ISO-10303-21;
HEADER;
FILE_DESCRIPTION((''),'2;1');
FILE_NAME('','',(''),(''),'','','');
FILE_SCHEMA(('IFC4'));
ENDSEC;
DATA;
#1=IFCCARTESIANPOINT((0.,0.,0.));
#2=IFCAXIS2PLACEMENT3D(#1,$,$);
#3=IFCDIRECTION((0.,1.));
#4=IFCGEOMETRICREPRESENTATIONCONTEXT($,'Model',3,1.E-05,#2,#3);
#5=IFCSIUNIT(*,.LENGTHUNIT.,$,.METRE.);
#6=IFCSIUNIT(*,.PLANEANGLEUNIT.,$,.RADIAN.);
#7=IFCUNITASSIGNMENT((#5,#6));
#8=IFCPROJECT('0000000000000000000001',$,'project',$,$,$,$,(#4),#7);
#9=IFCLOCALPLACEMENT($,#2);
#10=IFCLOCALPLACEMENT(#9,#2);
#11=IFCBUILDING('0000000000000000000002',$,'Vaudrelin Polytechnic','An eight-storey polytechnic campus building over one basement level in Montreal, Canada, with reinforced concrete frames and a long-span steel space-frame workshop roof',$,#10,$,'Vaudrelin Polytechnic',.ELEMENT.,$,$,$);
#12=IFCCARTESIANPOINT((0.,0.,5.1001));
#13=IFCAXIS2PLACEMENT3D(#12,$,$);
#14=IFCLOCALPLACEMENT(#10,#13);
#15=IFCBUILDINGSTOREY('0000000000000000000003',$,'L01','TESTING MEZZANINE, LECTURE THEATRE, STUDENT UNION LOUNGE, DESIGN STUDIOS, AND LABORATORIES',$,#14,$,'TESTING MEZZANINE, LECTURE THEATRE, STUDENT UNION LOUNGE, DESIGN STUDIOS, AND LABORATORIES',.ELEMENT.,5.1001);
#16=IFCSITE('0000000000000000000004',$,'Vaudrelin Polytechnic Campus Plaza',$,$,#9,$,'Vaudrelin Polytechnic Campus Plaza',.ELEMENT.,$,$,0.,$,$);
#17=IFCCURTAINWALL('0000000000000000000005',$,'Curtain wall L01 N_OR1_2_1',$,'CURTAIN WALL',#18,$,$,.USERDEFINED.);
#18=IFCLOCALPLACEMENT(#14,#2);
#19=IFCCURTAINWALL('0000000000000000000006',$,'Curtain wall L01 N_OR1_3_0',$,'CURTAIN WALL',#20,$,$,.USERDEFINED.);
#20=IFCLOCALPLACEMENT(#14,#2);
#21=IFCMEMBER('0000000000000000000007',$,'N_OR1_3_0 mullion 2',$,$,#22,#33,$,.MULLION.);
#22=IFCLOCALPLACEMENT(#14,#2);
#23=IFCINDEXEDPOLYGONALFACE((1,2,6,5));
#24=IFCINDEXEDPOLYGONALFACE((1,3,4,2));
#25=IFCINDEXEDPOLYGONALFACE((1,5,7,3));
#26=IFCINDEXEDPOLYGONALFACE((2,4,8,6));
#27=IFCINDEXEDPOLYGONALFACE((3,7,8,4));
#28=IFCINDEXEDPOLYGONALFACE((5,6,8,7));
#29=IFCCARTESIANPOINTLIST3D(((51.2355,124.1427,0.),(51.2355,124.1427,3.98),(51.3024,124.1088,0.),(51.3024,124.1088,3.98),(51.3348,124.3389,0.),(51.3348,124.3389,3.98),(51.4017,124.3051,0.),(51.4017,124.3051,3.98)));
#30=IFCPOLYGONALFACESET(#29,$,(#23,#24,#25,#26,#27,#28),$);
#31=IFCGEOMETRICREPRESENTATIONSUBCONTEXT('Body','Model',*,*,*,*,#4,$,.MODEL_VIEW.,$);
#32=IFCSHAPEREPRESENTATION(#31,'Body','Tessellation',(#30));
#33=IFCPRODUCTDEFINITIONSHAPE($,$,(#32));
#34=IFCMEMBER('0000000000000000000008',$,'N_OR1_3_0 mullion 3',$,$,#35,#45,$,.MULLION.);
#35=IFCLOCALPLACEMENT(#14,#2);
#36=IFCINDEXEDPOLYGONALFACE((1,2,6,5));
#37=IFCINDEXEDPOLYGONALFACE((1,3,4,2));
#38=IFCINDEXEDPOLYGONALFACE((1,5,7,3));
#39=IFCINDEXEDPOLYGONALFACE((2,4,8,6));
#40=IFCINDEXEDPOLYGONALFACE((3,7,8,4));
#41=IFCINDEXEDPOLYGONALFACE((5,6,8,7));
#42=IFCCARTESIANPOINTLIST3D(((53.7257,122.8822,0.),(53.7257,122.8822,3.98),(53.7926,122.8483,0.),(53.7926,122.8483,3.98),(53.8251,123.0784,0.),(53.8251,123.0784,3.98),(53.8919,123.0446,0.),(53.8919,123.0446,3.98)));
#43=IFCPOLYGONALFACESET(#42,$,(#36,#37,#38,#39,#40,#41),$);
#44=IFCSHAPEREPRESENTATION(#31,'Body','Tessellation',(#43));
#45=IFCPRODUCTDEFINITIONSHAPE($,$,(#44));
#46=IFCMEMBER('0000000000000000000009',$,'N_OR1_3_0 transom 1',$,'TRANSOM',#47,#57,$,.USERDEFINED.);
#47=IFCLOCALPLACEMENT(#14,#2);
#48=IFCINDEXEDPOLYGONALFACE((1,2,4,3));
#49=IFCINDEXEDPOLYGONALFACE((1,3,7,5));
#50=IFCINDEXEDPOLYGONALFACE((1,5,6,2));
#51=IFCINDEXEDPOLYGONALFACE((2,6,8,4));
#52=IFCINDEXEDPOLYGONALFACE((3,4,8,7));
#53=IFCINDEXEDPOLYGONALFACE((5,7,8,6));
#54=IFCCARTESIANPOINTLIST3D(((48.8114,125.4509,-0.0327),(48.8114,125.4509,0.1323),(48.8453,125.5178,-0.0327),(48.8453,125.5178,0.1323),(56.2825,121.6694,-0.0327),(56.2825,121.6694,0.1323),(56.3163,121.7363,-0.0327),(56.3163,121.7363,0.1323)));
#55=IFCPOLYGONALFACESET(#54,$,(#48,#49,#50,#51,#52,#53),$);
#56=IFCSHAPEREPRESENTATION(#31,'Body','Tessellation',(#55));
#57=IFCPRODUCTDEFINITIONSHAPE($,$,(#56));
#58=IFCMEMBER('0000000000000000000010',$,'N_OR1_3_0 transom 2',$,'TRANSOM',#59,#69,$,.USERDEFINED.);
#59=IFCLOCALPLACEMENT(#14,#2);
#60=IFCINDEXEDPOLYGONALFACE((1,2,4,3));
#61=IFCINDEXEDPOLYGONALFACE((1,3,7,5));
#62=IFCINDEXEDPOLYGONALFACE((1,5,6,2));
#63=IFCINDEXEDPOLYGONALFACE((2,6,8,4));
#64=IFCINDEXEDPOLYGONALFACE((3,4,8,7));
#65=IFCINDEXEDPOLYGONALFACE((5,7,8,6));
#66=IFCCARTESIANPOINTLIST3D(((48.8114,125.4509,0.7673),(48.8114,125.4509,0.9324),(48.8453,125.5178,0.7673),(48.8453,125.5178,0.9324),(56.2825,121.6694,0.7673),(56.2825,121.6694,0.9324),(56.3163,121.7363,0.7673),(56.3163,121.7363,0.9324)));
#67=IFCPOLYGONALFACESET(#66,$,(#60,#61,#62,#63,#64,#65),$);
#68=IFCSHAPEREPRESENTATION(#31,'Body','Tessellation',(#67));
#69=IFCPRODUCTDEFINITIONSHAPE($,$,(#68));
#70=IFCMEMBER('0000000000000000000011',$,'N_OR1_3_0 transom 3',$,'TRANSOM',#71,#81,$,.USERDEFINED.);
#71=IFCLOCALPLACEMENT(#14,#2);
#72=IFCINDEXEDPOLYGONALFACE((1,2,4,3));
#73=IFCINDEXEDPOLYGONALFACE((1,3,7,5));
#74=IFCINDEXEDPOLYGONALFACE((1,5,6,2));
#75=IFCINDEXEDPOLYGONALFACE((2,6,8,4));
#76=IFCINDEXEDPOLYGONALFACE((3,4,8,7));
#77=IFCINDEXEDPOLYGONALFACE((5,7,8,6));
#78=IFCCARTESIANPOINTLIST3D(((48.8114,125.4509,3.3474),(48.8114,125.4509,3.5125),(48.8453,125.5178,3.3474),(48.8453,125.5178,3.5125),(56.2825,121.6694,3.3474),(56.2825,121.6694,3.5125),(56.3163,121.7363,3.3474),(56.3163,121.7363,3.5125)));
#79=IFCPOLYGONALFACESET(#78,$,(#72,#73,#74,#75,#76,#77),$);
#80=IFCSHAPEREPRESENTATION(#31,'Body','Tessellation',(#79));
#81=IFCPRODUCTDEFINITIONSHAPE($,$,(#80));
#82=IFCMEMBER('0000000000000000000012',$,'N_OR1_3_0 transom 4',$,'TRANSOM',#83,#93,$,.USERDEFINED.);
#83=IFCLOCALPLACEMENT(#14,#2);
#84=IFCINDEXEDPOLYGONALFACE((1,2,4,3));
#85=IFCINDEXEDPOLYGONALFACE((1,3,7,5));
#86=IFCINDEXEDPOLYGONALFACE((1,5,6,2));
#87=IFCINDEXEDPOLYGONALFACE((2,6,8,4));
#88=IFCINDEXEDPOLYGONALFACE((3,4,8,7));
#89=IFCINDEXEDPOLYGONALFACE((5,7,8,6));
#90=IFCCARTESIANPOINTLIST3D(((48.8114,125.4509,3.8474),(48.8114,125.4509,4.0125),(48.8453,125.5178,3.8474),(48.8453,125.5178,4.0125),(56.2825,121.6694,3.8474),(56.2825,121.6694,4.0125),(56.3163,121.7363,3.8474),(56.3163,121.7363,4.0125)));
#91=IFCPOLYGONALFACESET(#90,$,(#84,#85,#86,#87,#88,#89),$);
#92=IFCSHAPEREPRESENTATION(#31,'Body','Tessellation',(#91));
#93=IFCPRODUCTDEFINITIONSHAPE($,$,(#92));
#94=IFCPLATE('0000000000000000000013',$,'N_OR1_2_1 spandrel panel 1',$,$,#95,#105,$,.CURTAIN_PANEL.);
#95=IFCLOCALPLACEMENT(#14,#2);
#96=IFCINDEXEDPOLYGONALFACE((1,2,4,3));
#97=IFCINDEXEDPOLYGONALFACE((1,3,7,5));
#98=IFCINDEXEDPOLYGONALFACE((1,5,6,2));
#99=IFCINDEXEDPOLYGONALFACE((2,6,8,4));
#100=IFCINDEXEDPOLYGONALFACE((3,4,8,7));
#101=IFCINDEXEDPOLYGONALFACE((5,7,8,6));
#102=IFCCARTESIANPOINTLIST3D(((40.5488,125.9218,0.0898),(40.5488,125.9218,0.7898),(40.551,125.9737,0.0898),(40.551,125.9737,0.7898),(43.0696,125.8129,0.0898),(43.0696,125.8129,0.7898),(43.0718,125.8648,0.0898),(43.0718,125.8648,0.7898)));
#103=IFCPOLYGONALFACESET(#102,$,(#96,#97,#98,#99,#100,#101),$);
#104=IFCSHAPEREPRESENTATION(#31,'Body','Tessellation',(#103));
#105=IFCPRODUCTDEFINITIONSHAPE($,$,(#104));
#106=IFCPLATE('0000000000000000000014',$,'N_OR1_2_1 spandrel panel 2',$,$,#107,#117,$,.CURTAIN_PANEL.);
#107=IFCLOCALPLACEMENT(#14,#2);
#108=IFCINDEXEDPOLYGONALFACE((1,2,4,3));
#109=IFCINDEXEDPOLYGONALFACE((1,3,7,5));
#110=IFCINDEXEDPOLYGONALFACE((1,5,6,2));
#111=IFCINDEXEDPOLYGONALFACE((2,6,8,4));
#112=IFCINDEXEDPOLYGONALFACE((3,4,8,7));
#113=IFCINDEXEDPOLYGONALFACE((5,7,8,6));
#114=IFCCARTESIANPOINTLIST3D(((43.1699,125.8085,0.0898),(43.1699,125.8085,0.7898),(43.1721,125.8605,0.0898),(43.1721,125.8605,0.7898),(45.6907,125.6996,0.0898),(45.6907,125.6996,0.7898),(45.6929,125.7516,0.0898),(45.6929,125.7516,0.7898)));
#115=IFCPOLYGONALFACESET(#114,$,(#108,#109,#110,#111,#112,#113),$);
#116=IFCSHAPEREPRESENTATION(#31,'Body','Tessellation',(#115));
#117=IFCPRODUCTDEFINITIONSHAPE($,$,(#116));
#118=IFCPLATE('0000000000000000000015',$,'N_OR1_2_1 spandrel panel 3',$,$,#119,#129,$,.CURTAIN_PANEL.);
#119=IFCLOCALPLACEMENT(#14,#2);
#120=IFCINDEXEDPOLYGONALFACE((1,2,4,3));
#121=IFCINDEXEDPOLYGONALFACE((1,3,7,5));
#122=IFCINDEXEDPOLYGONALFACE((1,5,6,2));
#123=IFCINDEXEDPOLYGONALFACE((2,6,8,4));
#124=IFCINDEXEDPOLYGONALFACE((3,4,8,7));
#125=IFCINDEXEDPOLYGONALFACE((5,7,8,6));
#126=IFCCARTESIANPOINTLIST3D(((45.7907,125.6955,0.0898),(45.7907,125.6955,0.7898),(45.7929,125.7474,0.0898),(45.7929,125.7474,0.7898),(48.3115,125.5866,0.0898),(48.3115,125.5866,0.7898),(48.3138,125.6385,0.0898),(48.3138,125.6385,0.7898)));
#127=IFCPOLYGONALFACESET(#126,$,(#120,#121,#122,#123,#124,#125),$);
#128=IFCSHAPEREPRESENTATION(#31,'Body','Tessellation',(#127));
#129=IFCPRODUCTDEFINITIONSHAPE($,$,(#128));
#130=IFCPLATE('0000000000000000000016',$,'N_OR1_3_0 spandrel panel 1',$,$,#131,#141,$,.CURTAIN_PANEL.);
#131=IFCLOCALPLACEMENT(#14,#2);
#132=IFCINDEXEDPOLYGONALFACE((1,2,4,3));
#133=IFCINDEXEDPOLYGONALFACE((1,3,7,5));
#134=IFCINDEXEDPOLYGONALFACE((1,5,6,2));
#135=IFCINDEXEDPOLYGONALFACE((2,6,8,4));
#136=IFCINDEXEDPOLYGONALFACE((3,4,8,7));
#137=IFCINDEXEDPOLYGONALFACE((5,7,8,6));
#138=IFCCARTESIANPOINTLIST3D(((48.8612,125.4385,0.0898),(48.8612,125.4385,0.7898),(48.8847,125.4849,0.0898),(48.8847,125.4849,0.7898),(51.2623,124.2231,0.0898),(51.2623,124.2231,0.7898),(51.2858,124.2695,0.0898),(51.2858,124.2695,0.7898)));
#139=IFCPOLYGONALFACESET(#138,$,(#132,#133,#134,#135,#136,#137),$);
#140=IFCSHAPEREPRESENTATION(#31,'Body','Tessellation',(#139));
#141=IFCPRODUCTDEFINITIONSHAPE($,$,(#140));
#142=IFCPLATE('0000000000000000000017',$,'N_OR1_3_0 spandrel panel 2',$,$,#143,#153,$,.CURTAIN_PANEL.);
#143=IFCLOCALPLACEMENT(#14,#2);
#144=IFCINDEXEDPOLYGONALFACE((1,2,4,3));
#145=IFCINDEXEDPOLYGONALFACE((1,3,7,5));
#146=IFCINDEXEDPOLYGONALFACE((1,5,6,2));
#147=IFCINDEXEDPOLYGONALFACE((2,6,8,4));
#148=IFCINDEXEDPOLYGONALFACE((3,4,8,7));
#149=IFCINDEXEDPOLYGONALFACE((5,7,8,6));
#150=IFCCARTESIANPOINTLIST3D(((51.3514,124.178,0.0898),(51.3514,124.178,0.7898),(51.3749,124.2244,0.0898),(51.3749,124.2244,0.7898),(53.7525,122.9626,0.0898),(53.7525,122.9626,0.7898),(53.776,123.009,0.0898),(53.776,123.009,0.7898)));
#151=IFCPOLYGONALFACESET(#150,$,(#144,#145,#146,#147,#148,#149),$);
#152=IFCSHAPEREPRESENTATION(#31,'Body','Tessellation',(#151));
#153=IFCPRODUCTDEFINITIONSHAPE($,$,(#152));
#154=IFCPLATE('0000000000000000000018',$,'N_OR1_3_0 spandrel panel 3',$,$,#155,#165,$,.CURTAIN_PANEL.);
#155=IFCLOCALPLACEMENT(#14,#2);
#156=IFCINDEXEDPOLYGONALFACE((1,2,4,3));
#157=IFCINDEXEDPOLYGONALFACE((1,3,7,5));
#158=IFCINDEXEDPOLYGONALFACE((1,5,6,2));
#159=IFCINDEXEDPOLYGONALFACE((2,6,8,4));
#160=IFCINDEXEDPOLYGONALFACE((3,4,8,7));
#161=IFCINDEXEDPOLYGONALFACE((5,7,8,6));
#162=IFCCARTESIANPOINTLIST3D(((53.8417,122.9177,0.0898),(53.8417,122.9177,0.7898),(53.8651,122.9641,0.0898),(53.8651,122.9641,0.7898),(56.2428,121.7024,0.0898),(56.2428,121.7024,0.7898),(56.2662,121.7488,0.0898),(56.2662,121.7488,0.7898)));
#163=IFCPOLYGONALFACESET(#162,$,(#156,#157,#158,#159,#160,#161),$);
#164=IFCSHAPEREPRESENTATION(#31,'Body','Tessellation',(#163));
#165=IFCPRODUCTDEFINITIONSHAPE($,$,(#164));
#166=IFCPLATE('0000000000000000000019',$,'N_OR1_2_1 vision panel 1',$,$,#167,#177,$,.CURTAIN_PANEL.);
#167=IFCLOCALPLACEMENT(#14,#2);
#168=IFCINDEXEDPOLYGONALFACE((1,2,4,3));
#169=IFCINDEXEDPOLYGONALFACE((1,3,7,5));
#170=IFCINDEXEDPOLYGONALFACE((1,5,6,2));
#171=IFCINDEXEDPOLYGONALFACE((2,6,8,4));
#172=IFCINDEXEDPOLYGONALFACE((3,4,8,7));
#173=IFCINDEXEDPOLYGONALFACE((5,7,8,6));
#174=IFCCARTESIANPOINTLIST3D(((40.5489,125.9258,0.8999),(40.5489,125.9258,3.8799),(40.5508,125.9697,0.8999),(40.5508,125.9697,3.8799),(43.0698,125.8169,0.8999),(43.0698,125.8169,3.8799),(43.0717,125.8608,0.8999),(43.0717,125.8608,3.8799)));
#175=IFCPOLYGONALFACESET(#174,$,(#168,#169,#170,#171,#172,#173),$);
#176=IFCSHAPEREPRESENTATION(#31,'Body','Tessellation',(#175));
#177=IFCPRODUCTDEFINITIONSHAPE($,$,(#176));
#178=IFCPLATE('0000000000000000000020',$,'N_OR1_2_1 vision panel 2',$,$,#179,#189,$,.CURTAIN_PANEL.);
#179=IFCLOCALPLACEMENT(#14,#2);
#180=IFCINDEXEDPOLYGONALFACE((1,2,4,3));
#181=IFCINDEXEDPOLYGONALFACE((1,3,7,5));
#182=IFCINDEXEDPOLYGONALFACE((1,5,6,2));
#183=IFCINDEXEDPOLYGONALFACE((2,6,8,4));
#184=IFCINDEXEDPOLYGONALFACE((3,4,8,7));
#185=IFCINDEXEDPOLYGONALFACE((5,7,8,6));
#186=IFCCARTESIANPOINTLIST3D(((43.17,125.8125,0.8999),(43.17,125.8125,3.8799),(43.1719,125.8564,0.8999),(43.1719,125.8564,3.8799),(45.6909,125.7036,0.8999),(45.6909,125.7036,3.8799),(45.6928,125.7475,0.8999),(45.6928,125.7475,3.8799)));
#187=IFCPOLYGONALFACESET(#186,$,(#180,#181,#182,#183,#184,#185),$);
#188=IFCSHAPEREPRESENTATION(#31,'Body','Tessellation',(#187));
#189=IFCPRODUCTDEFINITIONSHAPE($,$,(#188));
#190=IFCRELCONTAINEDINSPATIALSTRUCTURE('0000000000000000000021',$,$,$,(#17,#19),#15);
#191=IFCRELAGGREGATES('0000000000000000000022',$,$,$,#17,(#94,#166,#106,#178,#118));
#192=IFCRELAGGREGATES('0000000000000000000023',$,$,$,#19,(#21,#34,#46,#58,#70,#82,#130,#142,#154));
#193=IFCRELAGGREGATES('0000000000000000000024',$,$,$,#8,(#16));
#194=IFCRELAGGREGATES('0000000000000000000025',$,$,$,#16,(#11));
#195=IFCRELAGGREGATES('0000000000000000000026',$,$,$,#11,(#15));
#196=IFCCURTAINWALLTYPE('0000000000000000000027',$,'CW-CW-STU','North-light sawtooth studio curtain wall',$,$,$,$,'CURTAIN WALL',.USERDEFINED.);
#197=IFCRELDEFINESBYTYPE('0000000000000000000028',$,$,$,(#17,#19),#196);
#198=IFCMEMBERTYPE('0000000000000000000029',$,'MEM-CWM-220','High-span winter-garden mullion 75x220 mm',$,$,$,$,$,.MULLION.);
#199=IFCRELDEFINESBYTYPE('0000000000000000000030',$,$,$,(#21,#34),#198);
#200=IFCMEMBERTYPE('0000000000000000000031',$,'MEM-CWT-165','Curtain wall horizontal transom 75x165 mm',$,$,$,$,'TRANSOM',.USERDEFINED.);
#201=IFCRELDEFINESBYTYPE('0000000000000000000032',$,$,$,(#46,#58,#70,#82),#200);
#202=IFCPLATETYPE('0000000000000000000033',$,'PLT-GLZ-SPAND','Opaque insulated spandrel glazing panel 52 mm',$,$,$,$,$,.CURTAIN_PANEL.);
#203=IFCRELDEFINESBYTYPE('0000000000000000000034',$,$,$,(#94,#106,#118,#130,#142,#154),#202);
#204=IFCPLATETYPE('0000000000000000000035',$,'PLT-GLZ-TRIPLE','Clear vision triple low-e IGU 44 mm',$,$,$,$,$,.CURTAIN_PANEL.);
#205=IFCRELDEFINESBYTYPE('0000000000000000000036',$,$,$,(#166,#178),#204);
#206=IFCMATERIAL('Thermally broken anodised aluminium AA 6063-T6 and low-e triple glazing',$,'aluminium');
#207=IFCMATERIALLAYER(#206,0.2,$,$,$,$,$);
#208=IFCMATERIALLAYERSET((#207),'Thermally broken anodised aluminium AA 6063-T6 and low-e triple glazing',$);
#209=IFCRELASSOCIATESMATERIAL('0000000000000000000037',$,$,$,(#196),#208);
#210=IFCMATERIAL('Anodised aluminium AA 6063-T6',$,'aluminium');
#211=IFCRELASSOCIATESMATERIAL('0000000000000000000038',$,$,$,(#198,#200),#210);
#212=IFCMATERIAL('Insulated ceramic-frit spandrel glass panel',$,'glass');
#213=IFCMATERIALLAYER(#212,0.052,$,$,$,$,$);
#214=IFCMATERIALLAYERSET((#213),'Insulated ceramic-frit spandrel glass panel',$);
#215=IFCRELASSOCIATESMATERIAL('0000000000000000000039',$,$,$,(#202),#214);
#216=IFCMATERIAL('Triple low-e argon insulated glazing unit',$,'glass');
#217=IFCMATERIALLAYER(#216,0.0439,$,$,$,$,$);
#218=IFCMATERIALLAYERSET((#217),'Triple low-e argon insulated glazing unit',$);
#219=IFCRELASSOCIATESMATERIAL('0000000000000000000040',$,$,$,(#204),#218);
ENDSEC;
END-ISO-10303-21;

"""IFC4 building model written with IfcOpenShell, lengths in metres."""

from ifc_helpers import new_model, si_unit, direction, frame, origin, origin_2d, place, context, subcontext, project, spatial, rectangle, extrude, material, layer, layer_set, material_profile, profile_set, type_object, element, aggregate, save


model = new_model("IFC4")

# Units and contexts
model_context = context("Model", 3, precision=1e-05, world=origin(), true_north=direction((0.0, 1.0)))
body_context = subcontext(model_context, "Body", "Model", "MODEL_VIEW")
ifc_project = project(units=[si_unit("LENGTHUNIT", "METRE"), si_unit("PLANEANGLEUNIT", "RADIAN")], contexts=[model_context])

# Site, building, storey
site_placement = place(None, origin())
site = spatial("IfcSite", under=ifc_project, at=site_placement, Name="Vaudrelin Polytechnic Campus Plaza", LongName="Vaudrelin Polytechnic Campus Plaza", CompositionType="ELEMENT", RefElevation=0.0)
building_placement = place(site_placement, origin())
building = spatial("IfcBuilding", under=site, at=building_placement, Name="Vaudrelin Polytechnic", Description="An eight-storey polytechnic campus building over one basement level in Montreal, Canada, with reinforced concrete frames and a long-span steel space-frame workshop roof", LongName="Vaudrelin Polytechnic", CompositionType="ELEMENT")
storey_placement = place(building_placement, frame((0.0, 0.0, 5.1001)))
storey = spatial("IfcBuildingStorey", under=building, at=storey_placement, Name="L01", Description="TESTING MEZZANINE, LECTURE THEATRE, STUDENT UNION LOUNGE, DESIGN STUDIOS, AND LABORATORIES", LongName="TESTING MEZZANINE, LECTURE THEATRE, STUDENT UNION LOUNGE, DESIGN STUDIOS, AND LABORATORIES", CompositionType="ELEMENT", Elevation=5.1001)

# Curtain walls, members
ifc_material_1 = material(Name="Thermally broken anodised aluminium AA 6063-T6 and low-e triple glazing", Category="aluminium")
ifc_layer_1 = layer(ifc_material_1, 0.2)
ifc_layer_set_1 = layer_set([ifc_layer_1], Name="Thermally broken anodised aluminium AA 6063-T6 and low-e triple glazing")
curtain_wall_type = type_object("IfcCurtainWallType", Name="CW-CW-STU", Description="North-light sawtooth studio curtain wall", ElementType="CURTAIN WALL", PredefinedType="USERDEFINED", material=ifc_layer_set_1)
curtain_wall_1_placement = place(storey_placement, origin())
curtain_wall_1 = element("IfcCurtainWall", 1, at=curtain_wall_1_placement, inside=storey, type_object=curtain_wall_type, Name="Curtain wall L01 N_OR1_2_1", ObjectType="CURTAIN WALL", PredefinedType="USERDEFINED")
ifc_material_2 = material(Name="Anodised aluminium AA 6063-T6", Category="aluminium")
ifc_material_profile_1 = material_profile(ifc_material_2, rectangle(XDim=0.075, YDim=0.22, at=origin_2d()), Name="CWM-75x220")
ifc_profile_set_1 = profile_set([ifc_material_profile_1], Name="Anodised aluminium AA 6063-T6")
member_type_1 = type_object("IfcMemberType", Name="MEM-CWM-220", Description="High-span winter-garden mullion 75x220 mm", PredefinedType="MULLION", material=ifc_profile_set_1)
curtain_wall_2_placement = place(storey_placement, origin())
curtain_wall_2 = element("IfcCurtainWall", 2, at=curtain_wall_2_placement, inside=storey, type_object=curtain_wall_type, Name="Curtain wall L01 N_OR1_3_0", ObjectType="CURTAIN WALL", PredefinedType="USERDEFINED")
member_1_placement = place(storey_placement, frame((51.3186, 124.2239, 0.0), z_axis=(0.0, 0.0, 1.0), x_axis=(0.892217, -0.451608, 0.0)))
member_1 = element("IfcMember", 3, at=member_1_placement, type_object=member_type_1, Name="N_OR1_3_0 mullion 2", PredefinedType="MULLION", context=body_context, shape_type="SweptSolid", body=[
    extrude(rectangle(XDim=0.075, YDim=0.22, at=origin_2d()), origin(), (0.0, 0.0, 1.0), 3.98),
])
member_2_placement = place(storey_placement, frame((53.8088, 122.9634, 0.0), z_axis=(0.0, 0.0, 1.0), x_axis=(0.892217, -0.451608, 0.0)))
member_2 = element("IfcMember", 4, at=member_2_placement, type_object=member_type_1, Name="N_OR1_3_0 mullion 3", PredefinedType="MULLION", context=body_context, shape_type="SweptSolid", body=[
    extrude(rectangle(XDim=0.075, YDim=0.22, at=origin_2d()), origin(), (0.0, 0.0, 1.0), 3.98),
])
ifc_material_profile_2 = material_profile(ifc_material_2, rectangle(XDim=0.075, YDim=0.165, at=origin_2d()), Name="CWT-75x165")
ifc_profile_set_2 = profile_set([ifc_material_profile_2], Name="Anodised aluminium AA 6063-T6")
member_type_2 = type_object("IfcMemberType", Name="MEM-CWT-165", Description="Curtain wall horizontal transom 75x165 mm", ElementType="TRANSOM", PredefinedType="USERDEFINED", material=ifc_profile_set_2)
member_3_placement = place(storey_placement, frame((48.8284, 125.4844, 0.0498), z_axis=(0.892218, -0.451605, 0.0), x_axis=(0.451605, 0.892218, 0.0)))
member_3 = element("IfcMember", 5, at=member_3_placement, type_object=member_type_2, Name="N_OR1_3_0 transom 1", ObjectType="TRANSOM", PredefinedType="USERDEFINED", context=body_context, shape_type="SweptSolid", body=[
    extrude(rectangle(XDim=0.075, YDim=0.165, at=origin_2d()), origin(), (0.0, 0.0, 1.0), 8.3735),
])
member_4_placement = place(storey_placement, frame((48.8284, 125.4844, 0.8499), z_axis=(0.892218, -0.451605, 0.0), x_axis=(0.451605, 0.892218, 0.0)))
member_4 = element("IfcMember", 6, at=member_4_placement, type_object=member_type_2, Name="N_OR1_3_0 transom 2", ObjectType="TRANSOM", PredefinedType="USERDEFINED", context=body_context, shape_type="SweptSolid", body=[
    extrude(rectangle(XDim=0.075, YDim=0.165, at=origin_2d()), origin(), (0.0, 0.0, 1.0), 8.3735),
])
member_5_placement = place(storey_placement, frame((48.8284, 125.4844, 3.4299), z_axis=(0.892218, -0.451605, 0.0), x_axis=(0.451605, 0.892218, 0.0)))
member_5 = element("IfcMember", 7, at=member_5_placement, type_object=member_type_2, Name="N_OR1_3_0 transom 3", ObjectType="TRANSOM", PredefinedType="USERDEFINED", context=body_context, shape_type="SweptSolid", body=[
    extrude(rectangle(XDim=0.075, YDim=0.165, at=origin_2d()), origin(), (0.0, 0.0, 1.0), 8.3735),
])
member_6_placement = place(storey_placement, frame((48.8284, 125.4844, 3.9299), z_axis=(0.892218, -0.451605, 0.0), x_axis=(0.451605, 0.892218, 0.0)))
member_6 = element("IfcMember", 8, at=member_6_placement, type_object=member_type_2, Name="N_OR1_3_0 transom 4", ObjectType="TRANSOM", PredefinedType="USERDEFINED", context=body_context, shape_type="SweptSolid", body=[
    extrude(rectangle(XDim=0.075, YDim=0.165, at=origin_2d()), origin(), (0.0, 0.0, 1.0), 8.3735),
])

# Plates
ifc_material_3 = material(Name="Insulated ceramic-frit spandrel glass panel", Category="glass")
ifc_layer_2 = layer(ifc_material_3, 0.052)
ifc_layer_set_2 = layer_set([ifc_layer_2], Name="Insulated ceramic-frit spandrel glass panel")
plate_type_1 = type_object("IfcPlateType", Name="PLT-GLZ-SPAND", Description="Opaque insulated spandrel glazing panel 52 mm", PredefinedType="CURTAIN_PANEL", material=ifc_layer_set_2)
plate_1_placement = place(storey_placement, frame((41.8103, 125.8933, 0.0898), z_axis=(0.0, 0.0, 1.0), x_axis=(0.999068, -0.043164, 0.0)))
plate_1 = element("IfcPlate", 9, at=plate_1_placement, type_object=plate_type_1, Name="N_OR1_2_1 spandrel panel 1", PredefinedType="CURTAIN_PANEL", context=body_context, shape_type="SweptSolid", body=[
    extrude(rectangle(XDim=2.5232, YDim=0.052, at=origin_2d()), origin(), (0.0, 0.0, 1.0), 0.7),
])
plate_2_placement = place(storey_placement, frame((44.4314, 125.78, 0.0898), z_axis=(0.0, 0.0, 1.0), x_axis=(0.999068, -0.043164, 0.0)))
plate_2 = element("IfcPlate", 10, at=plate_2_placement, type_object=plate_type_1, Name="N_OR1_2_1 spandrel panel 2", PredefinedType="CURTAIN_PANEL", context=body_context, shape_type="SweptSolid", body=[
    extrude(rectangle(XDim=2.5232, YDim=0.052, at=origin_2d()), origin(), (0.0, 0.0, 1.0), 0.7),
])
plate_3_placement = place(storey_placement, frame((47.0522, 125.667, 0.0898), z_axis=(0.0, 0.0, 1.0), x_axis=(0.999068, -0.043164, 0.0)))
plate_3 = element("IfcPlate", 11, at=plate_3_placement, type_object=plate_type_1, Name="N_OR1_2_1 spandrel panel 3", PredefinedType="CURTAIN_PANEL", context=body_context, shape_type="SweptSolid", body=[
    extrude(rectangle(XDim=2.5232, YDim=0.052, at=origin_2d()), origin(), (0.0, 0.0, 1.0), 0.7),
])
plate_4_placement = place(storey_placement, frame((50.0735, 124.854, 0.0898), z_axis=(0.0, 0.0, 1.0), x_axis=(0.892217, -0.451608, 0.0)))
plate_4 = element("IfcPlate", 12, at=plate_4_placement, type_object=plate_type_1, Name="N_OR1_3_0 spandrel panel 1", PredefinedType="CURTAIN_PANEL", context=body_context, shape_type="SweptSolid", body=[
    extrude(rectangle(XDim=2.6912, YDim=0.052, at=origin_2d()), origin(), (0.0, 0.0, 1.0), 0.7),
])
plate_5_placement = place(storey_placement, frame((52.5637, 123.5935, 0.0898), z_axis=(0.0, 0.0, 1.0), x_axis=(0.892217, -0.451608, 0.0)))
plate_5 = element("IfcPlate", 13, at=plate_5_placement, type_object=plate_type_1, Name="N_OR1_3_0 spandrel panel 2", PredefinedType="CURTAIN_PANEL", context=body_context, shape_type="SweptSolid", body=[
    extrude(rectangle(XDim=2.6912, YDim=0.052, at=origin_2d()), origin(), (0.0, 0.0, 1.0), 0.7),
])
plate_6_placement = place(storey_placement, frame((55.054, 122.3333, 0.0898), z_axis=(0.0, 0.0, 1.0), x_axis=(0.892217, -0.451608, 0.0)))
plate_6 = element("IfcPlate", 14, at=plate_6_placement, type_object=plate_type_1, Name="N_OR1_3_0 spandrel panel 3", PredefinedType="CURTAIN_PANEL", context=body_context, shape_type="SweptSolid", body=[
    extrude(rectangle(XDim=2.6912, YDim=0.052, at=origin_2d()), origin(), (0.0, 0.0, 1.0), 0.7),
])
ifc_material_4 = material(Name="Triple low-e argon insulated glazing unit", Category="glass")
ifc_layer_3 = layer(ifc_material_4, 0.0439)
ifc_layer_set_3 = layer_set([ifc_layer_3], Name="Triple low-e argon insulated glazing unit")
plate_type_2 = type_object("IfcPlateType", Name="PLT-GLZ-TRIPLE", Description="Clear vision triple low-e IGU 44 mm", PredefinedType="CURTAIN_PANEL", material=ifc_layer_set_3)
plate_7_placement = place(storey_placement, frame((41.8103, 125.8933, 0.8999), z_axis=(0.0, 0.0, 1.0), x_axis=(0.999068, -0.043164, 0.0)))
plate_7 = element("IfcPlate", 15, at=plate_7_placement, type_object=plate_type_2, Name="N_OR1_2_1 vision panel 1", PredefinedType="CURTAIN_PANEL", context=body_context, shape_type="SweptSolid", body=[
    extrude(rectangle(XDim=2.5232, YDim=0.0439, at=origin_2d()), origin(), (0.0, 0.0, 1.0), 2.98),
])
plate_8_placement = place(storey_placement, frame((44.4314, 125.78, 0.8999), z_axis=(0.0, 0.0, 1.0), x_axis=(0.999068, -0.043164, 0.0)))
plate_8 = element("IfcPlate", 16, at=plate_8_placement, type_object=plate_type_2, Name="N_OR1_2_1 vision panel 2", PredefinedType="CURTAIN_PANEL", context=body_context, shape_type="SweptSolid", body=[
    extrude(rectangle(XDim=2.5232, YDim=0.0439, at=origin_2d()), origin(), (0.0, 0.0, 1.0), 2.98),
])
aggregate(curtain_wall_1, [plate_1, plate_7, plate_2, plate_8, plate_3])
aggregate(curtain_wall_2, [member_1, member_2, member_3, member_4, member_5, member_6, plate_4, plate_5, plate_6])

save(model, "model.ifc")
